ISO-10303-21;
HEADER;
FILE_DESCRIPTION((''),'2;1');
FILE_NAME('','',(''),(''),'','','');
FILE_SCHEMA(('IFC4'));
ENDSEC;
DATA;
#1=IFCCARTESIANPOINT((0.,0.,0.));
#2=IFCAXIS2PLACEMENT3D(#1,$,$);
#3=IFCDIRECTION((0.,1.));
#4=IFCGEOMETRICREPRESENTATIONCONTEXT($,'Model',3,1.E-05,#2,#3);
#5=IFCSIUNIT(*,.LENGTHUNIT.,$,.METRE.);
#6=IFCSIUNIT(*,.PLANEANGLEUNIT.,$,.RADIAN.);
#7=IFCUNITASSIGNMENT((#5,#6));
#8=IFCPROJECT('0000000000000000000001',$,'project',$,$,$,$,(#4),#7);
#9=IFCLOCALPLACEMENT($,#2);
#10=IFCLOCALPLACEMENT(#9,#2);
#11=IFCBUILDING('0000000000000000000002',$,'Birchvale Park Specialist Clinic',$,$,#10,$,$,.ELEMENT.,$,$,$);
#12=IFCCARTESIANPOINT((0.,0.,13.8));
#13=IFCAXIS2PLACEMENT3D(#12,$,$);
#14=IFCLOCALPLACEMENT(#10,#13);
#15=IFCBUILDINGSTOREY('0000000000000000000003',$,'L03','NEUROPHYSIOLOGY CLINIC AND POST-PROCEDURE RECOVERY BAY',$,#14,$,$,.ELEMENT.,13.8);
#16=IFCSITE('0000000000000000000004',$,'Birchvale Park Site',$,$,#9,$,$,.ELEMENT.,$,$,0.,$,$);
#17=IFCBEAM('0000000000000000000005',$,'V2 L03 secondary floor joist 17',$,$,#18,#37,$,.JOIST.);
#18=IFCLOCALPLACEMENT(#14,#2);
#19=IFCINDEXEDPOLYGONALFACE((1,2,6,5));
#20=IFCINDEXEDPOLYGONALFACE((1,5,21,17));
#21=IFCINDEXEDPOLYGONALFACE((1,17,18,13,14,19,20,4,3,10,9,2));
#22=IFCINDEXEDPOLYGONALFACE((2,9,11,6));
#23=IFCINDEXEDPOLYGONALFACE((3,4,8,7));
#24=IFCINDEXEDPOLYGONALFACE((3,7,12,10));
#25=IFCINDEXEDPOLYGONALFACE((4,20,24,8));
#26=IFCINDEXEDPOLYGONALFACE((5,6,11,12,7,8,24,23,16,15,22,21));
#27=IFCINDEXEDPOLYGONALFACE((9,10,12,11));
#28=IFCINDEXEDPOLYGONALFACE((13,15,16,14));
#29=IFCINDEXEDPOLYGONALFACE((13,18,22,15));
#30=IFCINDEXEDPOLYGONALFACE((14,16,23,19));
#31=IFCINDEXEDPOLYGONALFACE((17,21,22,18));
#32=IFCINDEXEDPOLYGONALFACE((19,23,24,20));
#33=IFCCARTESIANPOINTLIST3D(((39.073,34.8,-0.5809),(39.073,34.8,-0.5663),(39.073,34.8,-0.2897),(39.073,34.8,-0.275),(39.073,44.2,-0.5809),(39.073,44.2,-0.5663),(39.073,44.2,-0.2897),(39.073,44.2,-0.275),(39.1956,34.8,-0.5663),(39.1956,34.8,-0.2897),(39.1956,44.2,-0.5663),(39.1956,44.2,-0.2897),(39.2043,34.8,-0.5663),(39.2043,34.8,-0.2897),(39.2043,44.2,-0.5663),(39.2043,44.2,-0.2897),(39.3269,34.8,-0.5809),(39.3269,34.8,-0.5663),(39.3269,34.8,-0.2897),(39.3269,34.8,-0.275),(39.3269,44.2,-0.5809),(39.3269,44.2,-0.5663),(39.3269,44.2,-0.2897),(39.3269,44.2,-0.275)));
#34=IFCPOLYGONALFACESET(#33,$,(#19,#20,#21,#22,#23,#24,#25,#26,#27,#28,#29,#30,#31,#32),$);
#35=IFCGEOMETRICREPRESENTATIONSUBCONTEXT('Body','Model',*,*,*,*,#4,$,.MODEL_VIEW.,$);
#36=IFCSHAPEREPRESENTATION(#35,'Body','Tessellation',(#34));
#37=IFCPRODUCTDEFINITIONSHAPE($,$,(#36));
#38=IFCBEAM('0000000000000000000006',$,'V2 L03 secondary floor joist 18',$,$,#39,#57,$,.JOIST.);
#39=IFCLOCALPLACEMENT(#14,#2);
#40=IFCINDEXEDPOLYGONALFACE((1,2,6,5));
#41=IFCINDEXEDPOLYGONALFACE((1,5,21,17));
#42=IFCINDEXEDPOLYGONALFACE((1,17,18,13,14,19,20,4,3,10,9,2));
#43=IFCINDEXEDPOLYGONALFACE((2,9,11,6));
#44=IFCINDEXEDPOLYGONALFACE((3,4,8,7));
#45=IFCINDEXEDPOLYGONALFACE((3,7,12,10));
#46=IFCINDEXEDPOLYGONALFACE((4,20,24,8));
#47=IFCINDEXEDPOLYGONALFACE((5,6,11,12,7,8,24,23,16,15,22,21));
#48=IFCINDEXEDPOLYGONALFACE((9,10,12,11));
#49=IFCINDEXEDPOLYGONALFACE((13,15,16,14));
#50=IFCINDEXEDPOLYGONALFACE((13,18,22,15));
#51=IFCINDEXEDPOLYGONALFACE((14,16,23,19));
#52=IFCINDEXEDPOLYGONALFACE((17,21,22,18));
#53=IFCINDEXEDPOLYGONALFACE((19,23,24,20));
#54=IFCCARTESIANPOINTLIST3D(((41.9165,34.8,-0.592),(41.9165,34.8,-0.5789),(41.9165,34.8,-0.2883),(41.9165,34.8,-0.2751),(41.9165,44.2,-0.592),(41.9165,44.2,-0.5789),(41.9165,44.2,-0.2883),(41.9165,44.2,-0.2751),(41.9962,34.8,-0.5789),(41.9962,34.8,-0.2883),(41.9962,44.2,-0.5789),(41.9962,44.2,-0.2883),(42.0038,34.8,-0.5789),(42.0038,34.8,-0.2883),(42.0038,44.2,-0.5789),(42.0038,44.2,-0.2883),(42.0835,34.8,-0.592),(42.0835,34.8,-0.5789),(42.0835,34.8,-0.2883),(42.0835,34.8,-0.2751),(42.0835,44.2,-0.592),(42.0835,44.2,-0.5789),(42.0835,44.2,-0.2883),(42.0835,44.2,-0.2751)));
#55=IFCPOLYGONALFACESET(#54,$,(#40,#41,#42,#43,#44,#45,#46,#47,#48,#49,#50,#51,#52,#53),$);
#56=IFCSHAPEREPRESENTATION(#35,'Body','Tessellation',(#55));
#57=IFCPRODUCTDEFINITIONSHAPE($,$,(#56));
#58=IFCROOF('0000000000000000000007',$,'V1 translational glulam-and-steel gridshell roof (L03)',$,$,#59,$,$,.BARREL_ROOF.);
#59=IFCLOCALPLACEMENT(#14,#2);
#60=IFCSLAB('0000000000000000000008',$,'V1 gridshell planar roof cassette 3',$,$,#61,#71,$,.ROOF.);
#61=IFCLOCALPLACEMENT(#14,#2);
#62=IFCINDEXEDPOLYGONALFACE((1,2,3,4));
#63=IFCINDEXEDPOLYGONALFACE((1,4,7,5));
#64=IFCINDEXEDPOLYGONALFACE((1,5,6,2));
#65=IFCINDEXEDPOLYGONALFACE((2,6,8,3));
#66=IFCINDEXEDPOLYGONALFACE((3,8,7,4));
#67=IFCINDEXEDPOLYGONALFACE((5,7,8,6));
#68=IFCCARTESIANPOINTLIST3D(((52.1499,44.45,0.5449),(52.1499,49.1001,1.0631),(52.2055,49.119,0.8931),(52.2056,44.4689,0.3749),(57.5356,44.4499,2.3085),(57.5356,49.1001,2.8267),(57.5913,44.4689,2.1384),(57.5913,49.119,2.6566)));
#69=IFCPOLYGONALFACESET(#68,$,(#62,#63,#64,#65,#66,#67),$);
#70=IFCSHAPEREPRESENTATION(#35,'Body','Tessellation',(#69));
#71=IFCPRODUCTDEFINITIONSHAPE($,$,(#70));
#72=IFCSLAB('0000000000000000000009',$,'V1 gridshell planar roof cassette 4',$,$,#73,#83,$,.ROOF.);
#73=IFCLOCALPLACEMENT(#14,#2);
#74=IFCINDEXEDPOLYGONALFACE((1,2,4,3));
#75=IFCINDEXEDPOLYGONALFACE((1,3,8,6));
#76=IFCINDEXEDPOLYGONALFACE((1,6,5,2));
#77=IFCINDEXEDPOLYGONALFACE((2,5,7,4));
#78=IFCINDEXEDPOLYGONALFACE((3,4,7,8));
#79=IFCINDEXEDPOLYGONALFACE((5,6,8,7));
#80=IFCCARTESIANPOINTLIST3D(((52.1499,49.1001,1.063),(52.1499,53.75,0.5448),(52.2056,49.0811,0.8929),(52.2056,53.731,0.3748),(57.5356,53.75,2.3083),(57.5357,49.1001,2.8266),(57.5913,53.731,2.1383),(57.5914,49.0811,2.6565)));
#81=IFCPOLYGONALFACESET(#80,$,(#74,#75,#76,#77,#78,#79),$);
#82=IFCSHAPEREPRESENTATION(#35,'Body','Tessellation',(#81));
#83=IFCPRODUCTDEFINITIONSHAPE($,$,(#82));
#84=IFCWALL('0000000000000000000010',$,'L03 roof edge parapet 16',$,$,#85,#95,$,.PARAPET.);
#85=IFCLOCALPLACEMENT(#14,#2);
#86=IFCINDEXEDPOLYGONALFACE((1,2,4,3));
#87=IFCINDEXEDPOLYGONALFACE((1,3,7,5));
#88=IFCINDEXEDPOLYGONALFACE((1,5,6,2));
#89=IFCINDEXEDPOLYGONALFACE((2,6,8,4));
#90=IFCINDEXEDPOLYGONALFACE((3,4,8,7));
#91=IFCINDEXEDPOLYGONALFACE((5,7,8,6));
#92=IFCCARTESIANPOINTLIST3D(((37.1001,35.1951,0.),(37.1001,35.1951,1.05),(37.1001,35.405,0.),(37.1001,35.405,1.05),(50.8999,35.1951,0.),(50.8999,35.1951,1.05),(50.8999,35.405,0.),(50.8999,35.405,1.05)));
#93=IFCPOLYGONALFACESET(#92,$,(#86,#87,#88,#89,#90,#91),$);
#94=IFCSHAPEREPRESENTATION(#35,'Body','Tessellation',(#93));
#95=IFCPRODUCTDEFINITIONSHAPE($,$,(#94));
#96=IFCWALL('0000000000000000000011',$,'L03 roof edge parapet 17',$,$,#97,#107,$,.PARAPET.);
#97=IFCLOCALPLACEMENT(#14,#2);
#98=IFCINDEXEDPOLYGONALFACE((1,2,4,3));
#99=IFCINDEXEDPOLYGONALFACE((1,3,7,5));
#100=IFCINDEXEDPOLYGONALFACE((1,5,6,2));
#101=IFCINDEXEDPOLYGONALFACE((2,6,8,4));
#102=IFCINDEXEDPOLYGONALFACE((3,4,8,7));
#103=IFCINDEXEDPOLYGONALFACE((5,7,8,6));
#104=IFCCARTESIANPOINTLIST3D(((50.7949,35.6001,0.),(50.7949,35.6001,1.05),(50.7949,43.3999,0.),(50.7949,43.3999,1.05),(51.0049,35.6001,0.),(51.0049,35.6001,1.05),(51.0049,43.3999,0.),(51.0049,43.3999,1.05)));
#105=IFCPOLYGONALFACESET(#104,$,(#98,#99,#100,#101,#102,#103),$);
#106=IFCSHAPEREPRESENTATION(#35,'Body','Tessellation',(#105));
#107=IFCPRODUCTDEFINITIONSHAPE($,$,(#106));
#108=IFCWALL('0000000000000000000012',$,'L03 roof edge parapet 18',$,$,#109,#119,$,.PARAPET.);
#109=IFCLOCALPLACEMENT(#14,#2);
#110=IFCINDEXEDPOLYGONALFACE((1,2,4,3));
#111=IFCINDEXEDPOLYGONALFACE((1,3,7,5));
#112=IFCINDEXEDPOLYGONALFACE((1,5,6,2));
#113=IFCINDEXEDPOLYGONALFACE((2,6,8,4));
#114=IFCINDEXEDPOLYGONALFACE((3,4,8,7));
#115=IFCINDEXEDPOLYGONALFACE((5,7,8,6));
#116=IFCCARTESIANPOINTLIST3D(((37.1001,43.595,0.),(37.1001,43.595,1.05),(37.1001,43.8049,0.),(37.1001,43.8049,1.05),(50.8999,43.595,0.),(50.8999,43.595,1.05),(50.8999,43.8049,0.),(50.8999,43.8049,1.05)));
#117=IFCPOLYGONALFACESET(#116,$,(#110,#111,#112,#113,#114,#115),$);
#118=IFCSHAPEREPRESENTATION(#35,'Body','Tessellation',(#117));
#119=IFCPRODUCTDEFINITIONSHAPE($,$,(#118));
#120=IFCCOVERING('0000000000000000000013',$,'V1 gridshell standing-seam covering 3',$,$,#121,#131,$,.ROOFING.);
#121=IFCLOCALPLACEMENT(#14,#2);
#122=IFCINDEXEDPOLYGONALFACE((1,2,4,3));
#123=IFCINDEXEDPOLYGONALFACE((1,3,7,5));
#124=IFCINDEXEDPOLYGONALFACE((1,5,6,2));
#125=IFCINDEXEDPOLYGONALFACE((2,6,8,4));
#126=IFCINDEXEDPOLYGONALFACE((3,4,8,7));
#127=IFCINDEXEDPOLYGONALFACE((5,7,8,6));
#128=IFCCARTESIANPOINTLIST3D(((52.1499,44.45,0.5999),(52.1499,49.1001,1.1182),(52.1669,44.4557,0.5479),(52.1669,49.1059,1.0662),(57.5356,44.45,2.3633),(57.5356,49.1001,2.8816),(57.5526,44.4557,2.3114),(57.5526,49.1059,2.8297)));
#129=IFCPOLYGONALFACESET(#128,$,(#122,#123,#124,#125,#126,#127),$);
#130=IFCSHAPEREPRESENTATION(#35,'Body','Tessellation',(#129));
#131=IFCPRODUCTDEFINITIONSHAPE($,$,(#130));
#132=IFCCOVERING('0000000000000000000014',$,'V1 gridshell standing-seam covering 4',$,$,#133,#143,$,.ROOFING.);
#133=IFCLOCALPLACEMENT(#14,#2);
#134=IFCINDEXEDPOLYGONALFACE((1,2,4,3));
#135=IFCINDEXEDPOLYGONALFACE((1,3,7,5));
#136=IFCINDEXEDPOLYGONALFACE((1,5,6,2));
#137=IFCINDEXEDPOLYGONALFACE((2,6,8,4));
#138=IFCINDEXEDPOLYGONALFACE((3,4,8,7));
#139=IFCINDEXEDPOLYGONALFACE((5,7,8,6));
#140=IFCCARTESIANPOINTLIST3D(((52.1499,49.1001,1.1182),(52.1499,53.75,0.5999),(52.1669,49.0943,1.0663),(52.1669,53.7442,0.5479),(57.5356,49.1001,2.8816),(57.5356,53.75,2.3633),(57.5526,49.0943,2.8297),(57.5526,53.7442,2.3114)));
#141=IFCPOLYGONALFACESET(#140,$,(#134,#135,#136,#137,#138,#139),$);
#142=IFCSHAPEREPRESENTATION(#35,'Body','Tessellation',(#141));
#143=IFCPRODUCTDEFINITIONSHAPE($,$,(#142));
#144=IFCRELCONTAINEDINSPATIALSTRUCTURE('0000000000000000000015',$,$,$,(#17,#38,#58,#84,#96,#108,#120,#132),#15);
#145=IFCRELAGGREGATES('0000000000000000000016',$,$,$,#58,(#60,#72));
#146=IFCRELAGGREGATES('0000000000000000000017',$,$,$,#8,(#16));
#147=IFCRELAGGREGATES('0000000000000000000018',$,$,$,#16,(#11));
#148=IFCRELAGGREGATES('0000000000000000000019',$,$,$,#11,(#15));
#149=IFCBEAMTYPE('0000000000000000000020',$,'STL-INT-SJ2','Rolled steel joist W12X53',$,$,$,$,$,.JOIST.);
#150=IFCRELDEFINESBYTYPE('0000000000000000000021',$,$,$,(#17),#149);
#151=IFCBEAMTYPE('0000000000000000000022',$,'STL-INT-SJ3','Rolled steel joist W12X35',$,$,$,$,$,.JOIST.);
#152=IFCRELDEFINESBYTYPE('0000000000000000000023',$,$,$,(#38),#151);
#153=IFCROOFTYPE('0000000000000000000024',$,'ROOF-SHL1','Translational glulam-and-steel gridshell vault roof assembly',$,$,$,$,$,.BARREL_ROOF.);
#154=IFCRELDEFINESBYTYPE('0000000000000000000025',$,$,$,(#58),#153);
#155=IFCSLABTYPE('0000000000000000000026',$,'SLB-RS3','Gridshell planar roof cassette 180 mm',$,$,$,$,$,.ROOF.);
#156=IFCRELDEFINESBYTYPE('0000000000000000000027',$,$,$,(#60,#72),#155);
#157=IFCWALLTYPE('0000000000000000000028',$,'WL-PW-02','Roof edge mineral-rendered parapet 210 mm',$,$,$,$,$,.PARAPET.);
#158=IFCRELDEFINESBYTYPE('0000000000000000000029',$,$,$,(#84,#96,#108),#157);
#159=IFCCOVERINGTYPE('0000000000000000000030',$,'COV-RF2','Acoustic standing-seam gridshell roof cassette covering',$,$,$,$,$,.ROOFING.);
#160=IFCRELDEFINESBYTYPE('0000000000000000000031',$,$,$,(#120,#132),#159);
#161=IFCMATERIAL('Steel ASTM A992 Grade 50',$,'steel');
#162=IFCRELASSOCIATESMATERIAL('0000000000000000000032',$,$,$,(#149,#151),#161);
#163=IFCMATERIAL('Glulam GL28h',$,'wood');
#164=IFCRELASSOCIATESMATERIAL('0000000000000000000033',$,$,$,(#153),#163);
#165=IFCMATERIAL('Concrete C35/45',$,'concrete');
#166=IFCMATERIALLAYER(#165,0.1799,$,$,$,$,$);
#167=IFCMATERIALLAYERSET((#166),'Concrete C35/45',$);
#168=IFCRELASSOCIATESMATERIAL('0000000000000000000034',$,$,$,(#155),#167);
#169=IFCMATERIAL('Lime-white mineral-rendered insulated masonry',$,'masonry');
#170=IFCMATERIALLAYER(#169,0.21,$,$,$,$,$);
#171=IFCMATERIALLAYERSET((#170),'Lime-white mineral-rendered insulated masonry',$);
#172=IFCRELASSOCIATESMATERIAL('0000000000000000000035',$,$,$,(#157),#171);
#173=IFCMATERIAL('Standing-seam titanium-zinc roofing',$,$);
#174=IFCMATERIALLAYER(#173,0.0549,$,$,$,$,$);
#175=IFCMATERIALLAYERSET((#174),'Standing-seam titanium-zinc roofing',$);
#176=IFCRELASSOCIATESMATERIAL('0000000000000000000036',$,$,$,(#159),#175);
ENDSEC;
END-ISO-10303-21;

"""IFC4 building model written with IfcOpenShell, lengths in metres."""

from ifc_helpers import new_model, si_unit, direction, frame, frame_2d, origin, origin_2d, place, context, subcontext, project, spatial, polyline, rectangle, i_section, outline, extrude, material, layer, layer_set, material_profile, profile_set, type_object, element, aggregate, save


model = new_model("IFC4")

# Units and contexts
model_context = context("Model", 3, precision=1e-05, world=origin(), true_north=direction((0.0, 1.0)))
body_context = subcontext(model_context, "Body", "Model", "MODEL_VIEW")
ifc_project = project(units=[si_unit("LENGTHUNIT", "METRE"), si_unit("PLANEANGLEUNIT", "RADIAN")], contexts=[model_context])

# Site, building, storey
site_placement = place(None, origin())
site = spatial("IfcSite", under=ifc_project, at=site_placement, Name="Birchvale Park Site", CompositionType="ELEMENT", RefElevation=0.0)
building_placement = place(site_placement, origin())
building = spatial("IfcBuilding", under=site, at=building_placement, Name="Birchvale Park Specialist Clinic", CompositionType="ELEMENT")
storey_placement = place(building_placement, frame((0.0, 0.0, 13.8)))
storey = spatial("IfcBuildingStorey", under=building, at=storey_placement, Name="L03", Description="NEUROPHYSIOLOGY CLINIC AND POST-PROCEDURE RECOVERY BAY", CompositionType="ELEMENT", Elevation=13.8)

# Shared definitions
ifc_material_1 = material(Name="Glulam GL28h", Category="wood")

# Beams
ifc_material_2 = material(Name="Steel ASTM A992 Grade 50", Category="steel")
ifc_material_profile_1 = material_profile(ifc_material_2, i_section(OverallWidth=0.2539, OverallDepth=0.3059, WebThickness=0.0088, FlangeThickness=0.0146, at=origin_2d()), Name="W12X53")
ifc_profile_set_1 = profile_set([ifc_material_profile_1], Name="Steel ASTM A992 Grade 50")
beam_type_1 = type_object("IfcBeamType", Name="STL-INT-SJ2", Description="Rolled steel joist W12X53", PredefinedType="JOIST", material=ifc_profile_set_1)
beam_1_placement = place(storey_placement, frame((39.2, 34.8, -0.428), z_axis=(0.0, 1.0, 0.0), x_axis=(-1.0, 0.0, 0.0)))
element("IfcBeam", 1, at=beam_1_placement, inside=storey, type_object=beam_type_1, Name="V2 L03 secondary floor joist 17", PredefinedType="JOIST", context=body_context, shape_type="SweptSolid", body=[
    extrude(i_section(OverallWidth=0.2539, OverallDepth=0.3059, WebThickness=0.0088, FlangeThickness=0.0146, at=origin_2d()), origin(), (0.0, 0.0, 1.0), 9.3999),
])
ifc_material_profile_2 = material_profile(ifc_material_2, i_section(OverallWidth=0.167, OverallDepth=0.3169, WebThickness=0.0076, FlangeThickness=0.0132, at=origin_2d()), Name="W12X35")
ifc_profile_set_2 = profile_set([ifc_material_profile_2], Name="Steel ASTM A992 Grade 50")
beam_type_2 = type_object("IfcBeamType", Name="STL-INT-SJ3", Description="Rolled steel joist W12X35", PredefinedType="JOIST", material=ifc_profile_set_2)
beam_2_placement = place(storey_placement, frame((42.0, 34.8, -0.4336), z_axis=(0.0, 1.0, 0.0), x_axis=(-1.0, 0.0, 0.0)))
element("IfcBeam", 2, at=beam_2_placement, inside=storey, type_object=beam_type_2, Name="V2 L03 secondary floor joist 18", PredefinedType="JOIST", context=body_context, shape_type="SweptSolid", body=[
    extrude(i_section(OverallWidth=0.167, OverallDepth=0.3169, WebThickness=0.0076, FlangeThickness=0.0132, at=origin_2d()), origin(), (0.0, 0.0, 1.0), 9.3999),
])

# Roof, slabs
roof_type = type_object("IfcRoofType", Name="ROOF-SHL1", Description="Translational glulam-and-steel gridshell vault roof assembly", PredefinedType="BARREL_ROOF", material=ifc_material_1)
roof_placement = place(storey_placement, origin())
roof = element("IfcRoof", 3, at=roof_placement, inside=storey, type_object=roof_type, Name="V1 translational glulam-and-steel gridshell roof (L03)", PredefinedType="BARREL_ROOF")
ifc_material_3 = material(Name="Concrete C35/45", Category="concrete")
ifc_layer_1 = layer(ifc_material_3, 0.1799)
ifc_layer_set_1 = layer_set([ifc_layer_1], Name="Concrete C35/45")
slab_type = type_object("IfcSlabType", Name="SLB-RS3", Description="Gridshell planar roof cassette 180 mm", PredefinedType="ROOF", material=ifc_layer_set_1)
slab_1_placement = place(storey_placement, frame((52.1499, 44.45, 0.5449), z_axis=(-0.309459, -0.105313, 0.945063), x_axis=(0.950348, -0.000002, 0.311189)))
slab_1 = element("IfcSlab", 4, at=slab_1_placement, type_object=slab_type, Name="V1 gridshell planar roof cassette 3", PredefinedType="ROOF", context=body_context, shape_type="SweptSolid", body=[
    extrude(outline(polyline([(0.0, 0.0), (5.6671, 0.0), (5.8284, 4.6762), (0.1612, 4.6761), (0.0, 0.0)])), origin(), (0.0, 0.0, -1.0), 0.1799),
])
slab_2_placement = place(storey_placement, frame((52.1499, 49.1001, 1.063), z_axis=(-0.309459, 0.105318, 0.945063), x_axis=(0.950348, -0.000002, 0.31119)))
slab_2 = element("IfcSlab", 5, at=slab_2_placement, type_object=slab_type, Name="V1 gridshell planar roof cassette 4", PredefinedType="ROOF", context=body_context, shape_type="SweptSolid", body=[
    extrude(outline(polyline([(0.0, 0.0), (5.6672, 0.0), (5.5059, 4.6759), (-0.1612, 4.6759), (0.0, 0.0)])), origin(), (0.0, 0.0, -1.0), 0.1799),
])
aggregate(roof, [slab_1, slab_2])

# Walls
ifc_material_4 = material(Name="Lime-white mineral-rendered insulated masonry", Category="masonry")
ifc_layer_2 = layer(ifc_material_4, 0.21)
ifc_layer_set_2 = layer_set([ifc_layer_2], Name="Lime-white mineral-rendered insulated masonry")
wall_type = type_object("IfcWallType", Name="WL-PW-02", Description="Roof edge mineral-rendered parapet 210 mm", PredefinedType="PARAPET", material=ifc_layer_set_2)
wall_1_placement = place(storey_placement, frame((37.1001, 35.3, 0.0), z_axis=(0.0, 0.0, 1.0), x_axis=(1.0, 0.0, 0.0)))
element("IfcWall", 6, at=wall_1_placement, inside=storey, type_object=wall_type, Name="L03 roof edge parapet 16", PredefinedType="PARAPET", context=body_context, shape_type="SweptSolid", body=[
    extrude(rectangle(XDim=13.7998, YDim=0.21, at=frame_2d((6.8999, 0.0))), origin(), (0.0, 0.0, 1.0), 1.05),
])
wall_2_placement = place(storey_placement, frame((50.8999, 35.6001, 0.0), z_axis=(0.0, 0.0, 1.0), x_axis=(0.0, 1.0, 0.0)))
element("IfcWall", 7, at=wall_2_placement, inside=storey, type_object=wall_type, Name="L03 roof edge parapet 17", PredefinedType="PARAPET", context=body_context, shape_type="SweptSolid", body=[
    extrude(rectangle(XDim=7.7998, YDim=0.21, at=frame_2d((3.8999, 0.0))), origin(), (0.0, 0.0, 1.0), 1.05),
])
wall_3_placement = place(storey_placement, frame((50.8999, 43.7, 0.0), z_axis=(0.0, 0.0, 1.0), x_axis=(-1.0, 0.0, 0.0)))
element("IfcWall", 8, at=wall_3_placement, inside=storey, type_object=wall_type, Name="L03 roof edge parapet 18", PredefinedType="PARAPET", context=body_context, shape_type="SweptSolid", body=[
    extrude(rectangle(XDim=13.7998, YDim=0.21, at=frame_2d((6.8999, 0.0))), origin(), (0.0, 0.0, 1.0), 1.05),
])

# Coverings
ifc_material_5 = material(Name="Standing-seam titanium-zinc roofing")
ifc_layer_3 = layer(ifc_material_5, 0.0549)
ifc_layer_set_3 = layer_set([ifc_layer_3], Name="Standing-seam titanium-zinc roofing")
covering_type = type_object("IfcCoveringType", Name="COV-RF2", Description="Acoustic standing-seam gridshell roof cassette covering", PredefinedType="ROOFING", material=ifc_layer_set_3)
covering_1_placement = place(storey_placement, frame((52.1499, 44.45, 0.5999), z_axis=(-0.309439, -0.105338, 0.945067), x_axis=(0.950354, 0.0, 0.31117)))
element("IfcCovering", 9, at=covering_1_placement, inside=storey, type_object=covering_type, Name="V1 gridshell standing-seam covering 3", PredefinedType="ROOFING", context=body_context, shape_type="SweptSolid", body=[
    extrude(outline(polyline([(0.0, 0.0), (5.6671, 0.0), (5.8284, 4.6762), (0.1613, 4.6762), (0.0, 0.0)])), origin(), (0.0, 0.0, -1.0), 0.0549),
])
covering_2_placement = place(storey_placement, frame((52.1499, 49.1001, 1.1182), z_axis=(-0.309439, 0.105344, 0.945066), x_axis=(0.950354, 0.0, 0.31117)))
element("IfcCovering", 10, at=covering_2_placement, inside=storey, type_object=covering_type, Name="V1 gridshell standing-seam covering 4", PredefinedType="ROOFING", context=body_context, shape_type="SweptSolid", body=[
    extrude(outline(polyline([(0.0, 0.0), (5.6671, 0.0), (5.5058, 4.6759), (-0.1613, 4.6759), (0.0, 0.0)])), origin(), (0.0, 0.0, -1.0), 0.0549),
])

save(model, "model.ifc")
